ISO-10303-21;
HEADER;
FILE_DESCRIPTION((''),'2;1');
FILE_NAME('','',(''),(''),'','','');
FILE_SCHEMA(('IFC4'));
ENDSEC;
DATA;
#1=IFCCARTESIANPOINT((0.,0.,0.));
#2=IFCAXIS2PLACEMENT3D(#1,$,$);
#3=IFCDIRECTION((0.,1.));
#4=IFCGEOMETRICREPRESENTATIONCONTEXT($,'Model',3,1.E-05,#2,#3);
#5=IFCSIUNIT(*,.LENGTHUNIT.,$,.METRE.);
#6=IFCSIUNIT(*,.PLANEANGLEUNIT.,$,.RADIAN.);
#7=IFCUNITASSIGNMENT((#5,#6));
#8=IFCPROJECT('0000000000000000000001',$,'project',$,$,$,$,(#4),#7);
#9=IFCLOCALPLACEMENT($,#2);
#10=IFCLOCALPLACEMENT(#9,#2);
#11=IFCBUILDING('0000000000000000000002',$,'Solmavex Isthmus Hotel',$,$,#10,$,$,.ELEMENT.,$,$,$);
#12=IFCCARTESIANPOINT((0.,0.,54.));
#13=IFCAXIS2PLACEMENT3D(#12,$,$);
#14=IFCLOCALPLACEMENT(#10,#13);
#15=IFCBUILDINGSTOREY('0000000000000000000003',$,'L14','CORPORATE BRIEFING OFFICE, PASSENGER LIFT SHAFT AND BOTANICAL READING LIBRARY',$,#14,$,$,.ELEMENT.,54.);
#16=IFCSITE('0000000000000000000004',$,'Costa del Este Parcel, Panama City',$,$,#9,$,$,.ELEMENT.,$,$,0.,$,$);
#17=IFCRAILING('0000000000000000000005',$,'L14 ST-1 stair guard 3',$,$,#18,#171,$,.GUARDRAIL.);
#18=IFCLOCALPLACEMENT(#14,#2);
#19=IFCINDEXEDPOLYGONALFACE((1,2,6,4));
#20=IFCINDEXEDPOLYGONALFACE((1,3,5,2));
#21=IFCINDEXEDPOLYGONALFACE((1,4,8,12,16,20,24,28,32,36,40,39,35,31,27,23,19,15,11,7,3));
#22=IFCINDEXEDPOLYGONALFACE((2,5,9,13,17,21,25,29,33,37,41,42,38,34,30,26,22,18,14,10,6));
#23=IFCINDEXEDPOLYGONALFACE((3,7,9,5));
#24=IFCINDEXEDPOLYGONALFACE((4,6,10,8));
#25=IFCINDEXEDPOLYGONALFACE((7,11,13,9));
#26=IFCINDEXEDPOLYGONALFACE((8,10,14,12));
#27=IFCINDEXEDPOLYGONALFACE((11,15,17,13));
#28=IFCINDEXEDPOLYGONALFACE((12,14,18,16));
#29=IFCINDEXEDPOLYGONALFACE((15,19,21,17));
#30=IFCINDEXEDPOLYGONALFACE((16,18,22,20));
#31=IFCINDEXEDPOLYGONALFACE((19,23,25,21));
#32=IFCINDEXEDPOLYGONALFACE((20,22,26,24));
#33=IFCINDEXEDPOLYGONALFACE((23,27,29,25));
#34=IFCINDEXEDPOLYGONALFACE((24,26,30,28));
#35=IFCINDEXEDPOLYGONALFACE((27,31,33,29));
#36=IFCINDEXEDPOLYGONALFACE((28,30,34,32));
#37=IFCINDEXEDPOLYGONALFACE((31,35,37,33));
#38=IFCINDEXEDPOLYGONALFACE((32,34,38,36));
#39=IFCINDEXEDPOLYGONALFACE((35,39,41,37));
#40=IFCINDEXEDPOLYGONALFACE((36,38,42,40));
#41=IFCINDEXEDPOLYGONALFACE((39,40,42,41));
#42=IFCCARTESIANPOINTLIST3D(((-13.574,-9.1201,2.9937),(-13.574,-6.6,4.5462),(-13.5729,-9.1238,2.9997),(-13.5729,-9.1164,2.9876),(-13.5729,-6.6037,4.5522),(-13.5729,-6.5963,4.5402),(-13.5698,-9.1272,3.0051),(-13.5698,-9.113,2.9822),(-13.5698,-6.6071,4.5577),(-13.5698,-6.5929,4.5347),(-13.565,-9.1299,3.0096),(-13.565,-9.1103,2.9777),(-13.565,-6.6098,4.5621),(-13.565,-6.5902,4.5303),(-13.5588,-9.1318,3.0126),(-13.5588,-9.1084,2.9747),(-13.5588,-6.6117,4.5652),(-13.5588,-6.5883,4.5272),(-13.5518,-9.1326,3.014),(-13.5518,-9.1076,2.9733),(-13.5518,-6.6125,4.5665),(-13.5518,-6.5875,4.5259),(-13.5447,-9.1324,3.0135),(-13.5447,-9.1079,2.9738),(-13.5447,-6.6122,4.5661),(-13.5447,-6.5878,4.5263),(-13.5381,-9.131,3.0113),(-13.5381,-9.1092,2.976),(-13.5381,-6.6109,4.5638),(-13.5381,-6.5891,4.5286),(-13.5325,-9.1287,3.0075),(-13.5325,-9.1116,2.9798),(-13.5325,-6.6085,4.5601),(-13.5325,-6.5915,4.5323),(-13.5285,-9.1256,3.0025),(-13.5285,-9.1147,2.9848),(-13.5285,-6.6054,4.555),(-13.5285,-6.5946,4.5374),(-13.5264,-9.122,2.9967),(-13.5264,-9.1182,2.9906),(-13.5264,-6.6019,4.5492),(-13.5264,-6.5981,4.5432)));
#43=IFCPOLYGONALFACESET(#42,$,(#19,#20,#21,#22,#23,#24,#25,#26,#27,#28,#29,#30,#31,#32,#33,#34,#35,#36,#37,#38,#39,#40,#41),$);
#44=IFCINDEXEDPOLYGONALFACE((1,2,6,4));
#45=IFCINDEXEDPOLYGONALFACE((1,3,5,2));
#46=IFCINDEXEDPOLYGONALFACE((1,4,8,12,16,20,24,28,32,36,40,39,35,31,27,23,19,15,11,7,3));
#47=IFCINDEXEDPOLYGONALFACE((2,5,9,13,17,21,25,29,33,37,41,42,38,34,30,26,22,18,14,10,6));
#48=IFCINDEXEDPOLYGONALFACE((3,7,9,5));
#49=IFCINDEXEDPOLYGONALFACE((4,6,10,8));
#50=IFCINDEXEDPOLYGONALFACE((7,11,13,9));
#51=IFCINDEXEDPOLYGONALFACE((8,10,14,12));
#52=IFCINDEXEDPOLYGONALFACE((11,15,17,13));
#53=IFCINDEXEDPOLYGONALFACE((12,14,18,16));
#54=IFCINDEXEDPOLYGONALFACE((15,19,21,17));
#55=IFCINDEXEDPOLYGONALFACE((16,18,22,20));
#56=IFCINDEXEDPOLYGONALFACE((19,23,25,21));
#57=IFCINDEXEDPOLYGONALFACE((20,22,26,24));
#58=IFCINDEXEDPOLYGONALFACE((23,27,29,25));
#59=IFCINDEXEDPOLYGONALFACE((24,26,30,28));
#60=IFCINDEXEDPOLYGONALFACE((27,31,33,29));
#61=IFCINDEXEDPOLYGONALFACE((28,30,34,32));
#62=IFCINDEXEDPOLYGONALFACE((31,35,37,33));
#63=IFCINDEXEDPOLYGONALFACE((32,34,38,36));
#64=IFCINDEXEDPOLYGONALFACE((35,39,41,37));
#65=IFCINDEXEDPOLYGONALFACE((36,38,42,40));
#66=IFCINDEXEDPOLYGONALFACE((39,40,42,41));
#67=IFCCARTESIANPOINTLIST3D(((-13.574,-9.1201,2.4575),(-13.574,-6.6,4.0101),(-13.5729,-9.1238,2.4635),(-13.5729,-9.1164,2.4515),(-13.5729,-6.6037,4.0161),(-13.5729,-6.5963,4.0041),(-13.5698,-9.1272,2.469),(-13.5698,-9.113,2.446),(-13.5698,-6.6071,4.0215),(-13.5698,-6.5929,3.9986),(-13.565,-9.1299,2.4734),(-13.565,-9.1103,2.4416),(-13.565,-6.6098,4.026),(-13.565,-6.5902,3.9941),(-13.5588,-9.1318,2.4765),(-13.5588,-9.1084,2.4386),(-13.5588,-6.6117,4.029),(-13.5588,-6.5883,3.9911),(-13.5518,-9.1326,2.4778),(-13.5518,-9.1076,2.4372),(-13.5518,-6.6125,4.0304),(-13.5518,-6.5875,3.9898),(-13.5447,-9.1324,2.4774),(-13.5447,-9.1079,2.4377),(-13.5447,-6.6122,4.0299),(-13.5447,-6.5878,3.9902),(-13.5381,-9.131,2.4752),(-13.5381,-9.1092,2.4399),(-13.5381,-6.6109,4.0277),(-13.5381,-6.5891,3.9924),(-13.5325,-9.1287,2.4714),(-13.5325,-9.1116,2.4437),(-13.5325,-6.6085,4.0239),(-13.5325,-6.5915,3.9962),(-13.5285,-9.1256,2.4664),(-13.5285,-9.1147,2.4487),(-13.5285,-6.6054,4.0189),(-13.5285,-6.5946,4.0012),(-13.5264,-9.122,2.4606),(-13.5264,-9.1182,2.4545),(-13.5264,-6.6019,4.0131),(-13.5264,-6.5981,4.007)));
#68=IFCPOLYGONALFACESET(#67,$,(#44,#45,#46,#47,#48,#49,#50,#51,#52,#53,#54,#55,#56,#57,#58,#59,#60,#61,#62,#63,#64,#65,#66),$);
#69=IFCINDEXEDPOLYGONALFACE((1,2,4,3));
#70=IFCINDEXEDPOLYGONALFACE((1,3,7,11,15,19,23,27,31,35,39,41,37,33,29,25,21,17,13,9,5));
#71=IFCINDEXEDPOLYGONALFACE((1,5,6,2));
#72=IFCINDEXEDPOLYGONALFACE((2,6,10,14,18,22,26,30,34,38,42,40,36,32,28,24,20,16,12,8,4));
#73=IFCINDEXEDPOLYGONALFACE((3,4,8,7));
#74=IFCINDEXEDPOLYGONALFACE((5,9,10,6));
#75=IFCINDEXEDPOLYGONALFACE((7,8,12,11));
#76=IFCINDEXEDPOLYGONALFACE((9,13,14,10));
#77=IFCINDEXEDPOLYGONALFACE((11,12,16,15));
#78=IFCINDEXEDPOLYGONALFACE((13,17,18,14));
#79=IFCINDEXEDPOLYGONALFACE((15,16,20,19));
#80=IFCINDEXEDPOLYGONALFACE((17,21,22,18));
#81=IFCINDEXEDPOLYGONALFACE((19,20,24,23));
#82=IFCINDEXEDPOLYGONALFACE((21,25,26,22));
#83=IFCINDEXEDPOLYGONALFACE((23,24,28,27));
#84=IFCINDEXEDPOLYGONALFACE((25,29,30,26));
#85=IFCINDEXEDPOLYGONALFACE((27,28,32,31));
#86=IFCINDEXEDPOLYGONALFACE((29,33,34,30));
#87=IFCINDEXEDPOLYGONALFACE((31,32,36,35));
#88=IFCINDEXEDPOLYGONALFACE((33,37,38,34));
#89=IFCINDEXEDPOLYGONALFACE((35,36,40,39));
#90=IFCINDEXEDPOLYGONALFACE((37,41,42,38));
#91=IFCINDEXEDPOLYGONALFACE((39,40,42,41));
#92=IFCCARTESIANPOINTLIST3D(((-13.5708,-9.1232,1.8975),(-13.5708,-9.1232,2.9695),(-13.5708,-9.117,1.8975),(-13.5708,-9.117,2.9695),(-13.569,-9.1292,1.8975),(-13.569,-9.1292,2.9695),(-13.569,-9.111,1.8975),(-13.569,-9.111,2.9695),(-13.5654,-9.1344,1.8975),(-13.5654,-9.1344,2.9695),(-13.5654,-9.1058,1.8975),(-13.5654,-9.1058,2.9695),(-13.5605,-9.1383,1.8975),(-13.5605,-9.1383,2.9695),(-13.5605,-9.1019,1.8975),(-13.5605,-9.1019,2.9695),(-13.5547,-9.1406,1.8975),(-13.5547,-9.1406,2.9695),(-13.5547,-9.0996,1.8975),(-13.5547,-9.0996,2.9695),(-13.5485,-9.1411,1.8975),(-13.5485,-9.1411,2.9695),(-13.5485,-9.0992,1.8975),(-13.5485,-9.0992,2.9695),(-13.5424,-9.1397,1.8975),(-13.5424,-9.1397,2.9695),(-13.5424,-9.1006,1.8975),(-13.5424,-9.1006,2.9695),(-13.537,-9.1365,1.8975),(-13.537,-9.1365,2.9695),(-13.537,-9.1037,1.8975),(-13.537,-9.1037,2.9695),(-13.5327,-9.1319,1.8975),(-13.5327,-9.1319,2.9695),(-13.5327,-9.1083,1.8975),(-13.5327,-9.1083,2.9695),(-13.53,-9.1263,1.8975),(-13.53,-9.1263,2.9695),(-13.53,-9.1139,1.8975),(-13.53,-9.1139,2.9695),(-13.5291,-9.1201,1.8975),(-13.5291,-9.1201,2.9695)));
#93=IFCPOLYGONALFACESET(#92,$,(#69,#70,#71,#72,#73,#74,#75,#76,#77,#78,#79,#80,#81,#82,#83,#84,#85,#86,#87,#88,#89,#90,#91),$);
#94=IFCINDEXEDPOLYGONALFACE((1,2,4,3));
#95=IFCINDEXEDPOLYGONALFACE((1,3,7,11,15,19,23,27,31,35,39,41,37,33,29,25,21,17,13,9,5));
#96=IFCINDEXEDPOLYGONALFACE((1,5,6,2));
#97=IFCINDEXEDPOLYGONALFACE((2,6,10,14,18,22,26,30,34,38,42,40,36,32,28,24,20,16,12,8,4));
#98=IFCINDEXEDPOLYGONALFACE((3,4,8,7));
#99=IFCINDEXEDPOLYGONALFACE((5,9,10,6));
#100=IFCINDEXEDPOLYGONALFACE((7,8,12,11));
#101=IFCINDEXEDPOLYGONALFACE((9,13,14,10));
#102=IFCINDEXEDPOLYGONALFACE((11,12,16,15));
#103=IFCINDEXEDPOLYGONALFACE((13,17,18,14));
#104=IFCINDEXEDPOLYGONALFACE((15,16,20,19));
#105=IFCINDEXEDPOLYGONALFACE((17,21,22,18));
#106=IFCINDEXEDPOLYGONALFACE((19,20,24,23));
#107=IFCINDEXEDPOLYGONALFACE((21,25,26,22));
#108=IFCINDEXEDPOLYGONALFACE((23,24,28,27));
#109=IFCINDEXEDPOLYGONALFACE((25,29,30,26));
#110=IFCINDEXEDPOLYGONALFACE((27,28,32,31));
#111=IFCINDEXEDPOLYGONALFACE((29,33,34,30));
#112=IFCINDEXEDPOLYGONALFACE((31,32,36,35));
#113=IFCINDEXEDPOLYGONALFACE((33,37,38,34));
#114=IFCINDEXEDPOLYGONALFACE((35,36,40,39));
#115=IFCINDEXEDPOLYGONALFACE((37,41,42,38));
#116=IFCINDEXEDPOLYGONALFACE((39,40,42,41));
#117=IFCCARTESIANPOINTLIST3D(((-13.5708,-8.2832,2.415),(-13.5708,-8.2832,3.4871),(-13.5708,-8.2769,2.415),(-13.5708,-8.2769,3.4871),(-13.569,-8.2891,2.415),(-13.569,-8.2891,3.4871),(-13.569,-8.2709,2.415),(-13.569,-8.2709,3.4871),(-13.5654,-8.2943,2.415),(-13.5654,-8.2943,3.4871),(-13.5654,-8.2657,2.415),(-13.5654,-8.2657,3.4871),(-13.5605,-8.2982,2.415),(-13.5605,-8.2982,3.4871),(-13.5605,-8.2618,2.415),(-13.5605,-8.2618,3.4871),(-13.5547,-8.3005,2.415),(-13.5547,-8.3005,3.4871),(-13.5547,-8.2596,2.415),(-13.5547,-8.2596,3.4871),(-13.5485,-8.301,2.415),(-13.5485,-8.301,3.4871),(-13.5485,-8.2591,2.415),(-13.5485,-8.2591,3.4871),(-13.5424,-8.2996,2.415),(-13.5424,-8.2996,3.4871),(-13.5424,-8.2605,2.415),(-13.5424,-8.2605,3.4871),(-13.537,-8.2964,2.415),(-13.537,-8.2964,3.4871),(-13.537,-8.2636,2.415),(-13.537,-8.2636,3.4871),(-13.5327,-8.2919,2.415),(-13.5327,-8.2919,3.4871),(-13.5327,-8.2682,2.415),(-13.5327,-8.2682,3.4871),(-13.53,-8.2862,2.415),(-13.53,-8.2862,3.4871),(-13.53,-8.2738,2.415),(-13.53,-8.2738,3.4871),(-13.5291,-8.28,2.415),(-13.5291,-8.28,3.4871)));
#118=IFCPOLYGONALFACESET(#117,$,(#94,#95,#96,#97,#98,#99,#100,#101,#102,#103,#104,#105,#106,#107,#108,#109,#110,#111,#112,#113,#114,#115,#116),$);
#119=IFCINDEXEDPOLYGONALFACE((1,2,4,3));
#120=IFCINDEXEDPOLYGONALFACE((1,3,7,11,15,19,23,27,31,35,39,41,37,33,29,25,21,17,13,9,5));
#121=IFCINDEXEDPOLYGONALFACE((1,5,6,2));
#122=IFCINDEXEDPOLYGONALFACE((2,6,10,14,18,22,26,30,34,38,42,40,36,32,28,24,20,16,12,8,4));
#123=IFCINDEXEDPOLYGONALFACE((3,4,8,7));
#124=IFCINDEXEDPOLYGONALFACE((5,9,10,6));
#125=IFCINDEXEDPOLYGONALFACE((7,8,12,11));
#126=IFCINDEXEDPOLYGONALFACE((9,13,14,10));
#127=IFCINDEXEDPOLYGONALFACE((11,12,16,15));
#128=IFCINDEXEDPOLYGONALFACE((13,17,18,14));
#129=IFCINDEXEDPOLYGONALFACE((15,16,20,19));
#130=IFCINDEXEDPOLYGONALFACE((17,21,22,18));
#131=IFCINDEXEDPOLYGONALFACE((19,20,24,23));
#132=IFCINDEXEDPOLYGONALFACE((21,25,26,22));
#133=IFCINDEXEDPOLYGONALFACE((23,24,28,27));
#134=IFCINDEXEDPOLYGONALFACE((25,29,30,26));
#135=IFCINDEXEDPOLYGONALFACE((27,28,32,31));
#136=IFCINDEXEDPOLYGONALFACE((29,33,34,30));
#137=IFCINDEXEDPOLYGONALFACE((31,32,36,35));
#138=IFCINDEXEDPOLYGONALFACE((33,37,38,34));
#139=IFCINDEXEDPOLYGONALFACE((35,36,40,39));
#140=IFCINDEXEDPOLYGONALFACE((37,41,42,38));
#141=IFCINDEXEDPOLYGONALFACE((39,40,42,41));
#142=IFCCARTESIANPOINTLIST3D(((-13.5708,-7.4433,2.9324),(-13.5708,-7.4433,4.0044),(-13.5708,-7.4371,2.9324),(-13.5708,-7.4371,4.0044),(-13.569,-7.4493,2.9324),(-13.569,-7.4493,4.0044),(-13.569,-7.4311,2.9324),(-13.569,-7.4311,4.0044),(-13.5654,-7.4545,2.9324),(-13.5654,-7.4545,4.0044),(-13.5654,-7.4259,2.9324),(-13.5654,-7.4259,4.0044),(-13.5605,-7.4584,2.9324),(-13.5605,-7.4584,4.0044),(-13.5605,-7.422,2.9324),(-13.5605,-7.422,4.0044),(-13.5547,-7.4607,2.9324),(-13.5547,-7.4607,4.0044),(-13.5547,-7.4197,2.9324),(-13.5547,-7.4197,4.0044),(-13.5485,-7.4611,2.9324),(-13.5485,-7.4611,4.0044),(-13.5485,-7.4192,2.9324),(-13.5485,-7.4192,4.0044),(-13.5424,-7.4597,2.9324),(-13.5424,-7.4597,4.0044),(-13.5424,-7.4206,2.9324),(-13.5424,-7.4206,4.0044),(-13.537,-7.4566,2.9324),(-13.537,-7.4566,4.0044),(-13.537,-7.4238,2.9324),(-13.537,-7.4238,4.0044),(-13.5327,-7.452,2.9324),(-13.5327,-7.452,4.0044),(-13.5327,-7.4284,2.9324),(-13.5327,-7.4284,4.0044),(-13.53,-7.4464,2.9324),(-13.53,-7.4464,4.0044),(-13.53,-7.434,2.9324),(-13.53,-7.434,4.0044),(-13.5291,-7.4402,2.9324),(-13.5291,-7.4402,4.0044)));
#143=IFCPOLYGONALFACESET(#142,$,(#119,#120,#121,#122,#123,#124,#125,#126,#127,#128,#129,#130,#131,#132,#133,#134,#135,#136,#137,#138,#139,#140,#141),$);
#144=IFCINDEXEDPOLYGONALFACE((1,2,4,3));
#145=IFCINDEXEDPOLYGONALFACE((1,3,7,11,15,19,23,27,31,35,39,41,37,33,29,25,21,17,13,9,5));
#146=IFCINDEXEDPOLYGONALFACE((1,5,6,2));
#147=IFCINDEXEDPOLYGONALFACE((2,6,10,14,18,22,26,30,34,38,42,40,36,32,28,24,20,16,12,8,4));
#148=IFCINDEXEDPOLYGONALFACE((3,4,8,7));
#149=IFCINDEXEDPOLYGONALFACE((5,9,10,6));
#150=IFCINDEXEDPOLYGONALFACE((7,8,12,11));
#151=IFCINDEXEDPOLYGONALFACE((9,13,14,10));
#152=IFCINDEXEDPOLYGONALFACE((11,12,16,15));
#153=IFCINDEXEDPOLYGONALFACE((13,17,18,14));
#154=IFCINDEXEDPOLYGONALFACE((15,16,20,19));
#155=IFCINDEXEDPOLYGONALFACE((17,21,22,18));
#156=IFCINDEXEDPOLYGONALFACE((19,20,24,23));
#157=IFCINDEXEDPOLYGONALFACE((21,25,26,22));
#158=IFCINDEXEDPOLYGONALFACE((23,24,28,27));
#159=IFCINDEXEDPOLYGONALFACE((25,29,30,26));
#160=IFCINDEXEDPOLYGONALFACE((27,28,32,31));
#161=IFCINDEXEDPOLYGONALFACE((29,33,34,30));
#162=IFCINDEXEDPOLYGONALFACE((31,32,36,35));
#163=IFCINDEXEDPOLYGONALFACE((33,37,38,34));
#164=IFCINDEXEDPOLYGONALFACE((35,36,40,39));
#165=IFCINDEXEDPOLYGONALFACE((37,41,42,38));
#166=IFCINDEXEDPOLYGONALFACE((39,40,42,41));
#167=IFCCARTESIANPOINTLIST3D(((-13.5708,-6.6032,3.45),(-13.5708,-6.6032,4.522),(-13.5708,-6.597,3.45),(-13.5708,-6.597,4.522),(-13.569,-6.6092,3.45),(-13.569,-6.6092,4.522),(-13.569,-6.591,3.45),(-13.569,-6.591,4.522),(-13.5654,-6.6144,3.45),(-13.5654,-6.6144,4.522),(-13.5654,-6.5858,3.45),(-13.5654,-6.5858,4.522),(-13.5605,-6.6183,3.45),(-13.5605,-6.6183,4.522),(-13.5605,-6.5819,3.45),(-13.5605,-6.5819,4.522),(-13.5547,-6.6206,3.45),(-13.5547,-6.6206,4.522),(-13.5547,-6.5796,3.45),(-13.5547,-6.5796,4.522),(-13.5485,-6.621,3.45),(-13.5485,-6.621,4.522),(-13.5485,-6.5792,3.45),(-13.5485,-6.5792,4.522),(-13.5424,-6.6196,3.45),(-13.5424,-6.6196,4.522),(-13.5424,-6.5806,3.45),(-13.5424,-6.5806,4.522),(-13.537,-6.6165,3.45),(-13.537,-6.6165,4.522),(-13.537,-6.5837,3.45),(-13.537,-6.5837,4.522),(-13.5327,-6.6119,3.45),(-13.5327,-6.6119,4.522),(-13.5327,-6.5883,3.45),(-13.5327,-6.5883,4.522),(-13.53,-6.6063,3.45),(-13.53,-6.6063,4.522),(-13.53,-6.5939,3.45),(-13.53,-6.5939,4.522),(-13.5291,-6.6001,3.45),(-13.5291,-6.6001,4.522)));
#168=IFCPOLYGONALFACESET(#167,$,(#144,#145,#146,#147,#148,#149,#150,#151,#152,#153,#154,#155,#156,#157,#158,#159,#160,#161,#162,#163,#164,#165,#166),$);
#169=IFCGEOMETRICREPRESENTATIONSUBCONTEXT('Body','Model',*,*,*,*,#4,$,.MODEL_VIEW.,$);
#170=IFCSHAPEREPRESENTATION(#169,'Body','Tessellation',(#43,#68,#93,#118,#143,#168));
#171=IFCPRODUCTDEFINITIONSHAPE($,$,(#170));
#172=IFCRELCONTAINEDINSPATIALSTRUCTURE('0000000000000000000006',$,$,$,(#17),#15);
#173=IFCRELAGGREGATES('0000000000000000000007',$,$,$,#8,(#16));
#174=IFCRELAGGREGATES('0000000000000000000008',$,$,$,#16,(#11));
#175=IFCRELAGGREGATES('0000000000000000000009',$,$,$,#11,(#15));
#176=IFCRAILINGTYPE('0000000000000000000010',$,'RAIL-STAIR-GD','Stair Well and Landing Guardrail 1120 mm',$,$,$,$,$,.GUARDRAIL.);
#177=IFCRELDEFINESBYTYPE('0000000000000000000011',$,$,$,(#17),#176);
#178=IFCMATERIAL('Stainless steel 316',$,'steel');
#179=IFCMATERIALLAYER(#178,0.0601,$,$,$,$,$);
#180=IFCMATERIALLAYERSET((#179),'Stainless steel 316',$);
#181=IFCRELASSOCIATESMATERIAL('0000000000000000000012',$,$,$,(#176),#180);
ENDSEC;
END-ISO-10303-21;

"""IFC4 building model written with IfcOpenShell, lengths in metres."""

from ifc_helpers import new_model, si_unit, direction, frame, origin, origin_2d, place, context, subcontext, project, spatial, circle, extrude, material, layer, layer_set, type_object, element, save


model = new_model("IFC4")

# Units and contexts
model_context = context("Model", 3, precision=1e-05, world=origin(), true_north=direction((0.0, 1.0)))
body_context = subcontext(model_context, "Body", "Model", "MODEL_VIEW")
ifc_project = project(units=[si_unit("LENGTHUNIT", "METRE"), si_unit("PLANEANGLEUNIT", "RADIAN")], contexts=[model_context])

# Site, building, storey
site_placement = place(None, origin())
site = spatial("IfcSite", under=ifc_project, at=site_placement, Name="Costa del Este Parcel, Panama City", CompositionType="ELEMENT", RefElevation=0.0)
building_placement = place(site_placement, origin())
building = spatial("IfcBuilding", under=site, at=building_placement, Name="Solmavex Isthmus Hotel", CompositionType="ELEMENT")
storey_placement = place(building_placement, frame((0.0, 0.0, 54.0)))
storey = spatial("IfcBuildingStorey", under=building, at=storey_placement, Name="L14", Description="CORPORATE BRIEFING OFFICE, PASSENGER LIFT SHAFT AND BOTANICAL READING LIBRARY", CompositionType="ELEMENT", Elevation=54.0)

# Shared definitions
ifc_material_1 = material(Name="Stainless steel 316", Category="steel")

# Railing
ifc_layer_1 = layer(ifc_material_1, 0.0601)
ifc_layer_set_1 = layer_set([ifc_layer_1], Name="Stainless steel 316")
railing_type_1 = type_object("IfcRailingType", Name="RAIL-STAIR-GD", Description="Stair Well and Landing Guardrail 1120 mm", PredefinedType="GUARDRAIL", material=ifc_layer_set_1)
railing_1_placement = place(storey_placement, frame((-13.55, -9.1201, 1.8975)))
element("IfcRailing", 1, at=railing_1_placement, inside=storey, type_object=railing_type_1, Name="L14 ST-1 stair guard 3", PredefinedType="GUARDRAIL", context=body_context, shape_type="SweptSolid", body=[
    extrude(circle(Radius=0.0239, at=origin_2d()), frame((0.0, 0.0, 1.0962), z_axis=(0.0, 0.8514, 0.524516), x_axis=(-1.0, 0.0, 0.0)), (0.0, 0.0, 1.0), 2.96),
    extrude(circle(Radius=0.0239, at=origin_2d()), frame((0.0, 0.0, 0.5601), z_axis=(0.0, 0.8514, 0.524516), x_axis=(-1.0, 0.0, 0.0)), (0.0, 0.0, 1.0), 2.96),
    extrude(circle(Radius=0.021, at=origin_2d()), origin(), (0.0, 0.0, 1.0), 1.072),
    extrude(circle(Radius=0.021, at=origin_2d()), frame((0.0, 0.8401, 0.5176)), (0.0, 0.0, 1.0), 1.072),
    extrude(circle(Radius=0.021, at=origin_2d()), frame((0.0, 1.6799, 1.0349)), (0.0, 0.0, 1.0), 1.072),
    extrude(circle(Radius=0.021, at=origin_2d()), frame((0.0, 2.52, 1.5525)), (0.0, 0.0, 1.0), 1.072),
])

save(model, "model.ifc")
